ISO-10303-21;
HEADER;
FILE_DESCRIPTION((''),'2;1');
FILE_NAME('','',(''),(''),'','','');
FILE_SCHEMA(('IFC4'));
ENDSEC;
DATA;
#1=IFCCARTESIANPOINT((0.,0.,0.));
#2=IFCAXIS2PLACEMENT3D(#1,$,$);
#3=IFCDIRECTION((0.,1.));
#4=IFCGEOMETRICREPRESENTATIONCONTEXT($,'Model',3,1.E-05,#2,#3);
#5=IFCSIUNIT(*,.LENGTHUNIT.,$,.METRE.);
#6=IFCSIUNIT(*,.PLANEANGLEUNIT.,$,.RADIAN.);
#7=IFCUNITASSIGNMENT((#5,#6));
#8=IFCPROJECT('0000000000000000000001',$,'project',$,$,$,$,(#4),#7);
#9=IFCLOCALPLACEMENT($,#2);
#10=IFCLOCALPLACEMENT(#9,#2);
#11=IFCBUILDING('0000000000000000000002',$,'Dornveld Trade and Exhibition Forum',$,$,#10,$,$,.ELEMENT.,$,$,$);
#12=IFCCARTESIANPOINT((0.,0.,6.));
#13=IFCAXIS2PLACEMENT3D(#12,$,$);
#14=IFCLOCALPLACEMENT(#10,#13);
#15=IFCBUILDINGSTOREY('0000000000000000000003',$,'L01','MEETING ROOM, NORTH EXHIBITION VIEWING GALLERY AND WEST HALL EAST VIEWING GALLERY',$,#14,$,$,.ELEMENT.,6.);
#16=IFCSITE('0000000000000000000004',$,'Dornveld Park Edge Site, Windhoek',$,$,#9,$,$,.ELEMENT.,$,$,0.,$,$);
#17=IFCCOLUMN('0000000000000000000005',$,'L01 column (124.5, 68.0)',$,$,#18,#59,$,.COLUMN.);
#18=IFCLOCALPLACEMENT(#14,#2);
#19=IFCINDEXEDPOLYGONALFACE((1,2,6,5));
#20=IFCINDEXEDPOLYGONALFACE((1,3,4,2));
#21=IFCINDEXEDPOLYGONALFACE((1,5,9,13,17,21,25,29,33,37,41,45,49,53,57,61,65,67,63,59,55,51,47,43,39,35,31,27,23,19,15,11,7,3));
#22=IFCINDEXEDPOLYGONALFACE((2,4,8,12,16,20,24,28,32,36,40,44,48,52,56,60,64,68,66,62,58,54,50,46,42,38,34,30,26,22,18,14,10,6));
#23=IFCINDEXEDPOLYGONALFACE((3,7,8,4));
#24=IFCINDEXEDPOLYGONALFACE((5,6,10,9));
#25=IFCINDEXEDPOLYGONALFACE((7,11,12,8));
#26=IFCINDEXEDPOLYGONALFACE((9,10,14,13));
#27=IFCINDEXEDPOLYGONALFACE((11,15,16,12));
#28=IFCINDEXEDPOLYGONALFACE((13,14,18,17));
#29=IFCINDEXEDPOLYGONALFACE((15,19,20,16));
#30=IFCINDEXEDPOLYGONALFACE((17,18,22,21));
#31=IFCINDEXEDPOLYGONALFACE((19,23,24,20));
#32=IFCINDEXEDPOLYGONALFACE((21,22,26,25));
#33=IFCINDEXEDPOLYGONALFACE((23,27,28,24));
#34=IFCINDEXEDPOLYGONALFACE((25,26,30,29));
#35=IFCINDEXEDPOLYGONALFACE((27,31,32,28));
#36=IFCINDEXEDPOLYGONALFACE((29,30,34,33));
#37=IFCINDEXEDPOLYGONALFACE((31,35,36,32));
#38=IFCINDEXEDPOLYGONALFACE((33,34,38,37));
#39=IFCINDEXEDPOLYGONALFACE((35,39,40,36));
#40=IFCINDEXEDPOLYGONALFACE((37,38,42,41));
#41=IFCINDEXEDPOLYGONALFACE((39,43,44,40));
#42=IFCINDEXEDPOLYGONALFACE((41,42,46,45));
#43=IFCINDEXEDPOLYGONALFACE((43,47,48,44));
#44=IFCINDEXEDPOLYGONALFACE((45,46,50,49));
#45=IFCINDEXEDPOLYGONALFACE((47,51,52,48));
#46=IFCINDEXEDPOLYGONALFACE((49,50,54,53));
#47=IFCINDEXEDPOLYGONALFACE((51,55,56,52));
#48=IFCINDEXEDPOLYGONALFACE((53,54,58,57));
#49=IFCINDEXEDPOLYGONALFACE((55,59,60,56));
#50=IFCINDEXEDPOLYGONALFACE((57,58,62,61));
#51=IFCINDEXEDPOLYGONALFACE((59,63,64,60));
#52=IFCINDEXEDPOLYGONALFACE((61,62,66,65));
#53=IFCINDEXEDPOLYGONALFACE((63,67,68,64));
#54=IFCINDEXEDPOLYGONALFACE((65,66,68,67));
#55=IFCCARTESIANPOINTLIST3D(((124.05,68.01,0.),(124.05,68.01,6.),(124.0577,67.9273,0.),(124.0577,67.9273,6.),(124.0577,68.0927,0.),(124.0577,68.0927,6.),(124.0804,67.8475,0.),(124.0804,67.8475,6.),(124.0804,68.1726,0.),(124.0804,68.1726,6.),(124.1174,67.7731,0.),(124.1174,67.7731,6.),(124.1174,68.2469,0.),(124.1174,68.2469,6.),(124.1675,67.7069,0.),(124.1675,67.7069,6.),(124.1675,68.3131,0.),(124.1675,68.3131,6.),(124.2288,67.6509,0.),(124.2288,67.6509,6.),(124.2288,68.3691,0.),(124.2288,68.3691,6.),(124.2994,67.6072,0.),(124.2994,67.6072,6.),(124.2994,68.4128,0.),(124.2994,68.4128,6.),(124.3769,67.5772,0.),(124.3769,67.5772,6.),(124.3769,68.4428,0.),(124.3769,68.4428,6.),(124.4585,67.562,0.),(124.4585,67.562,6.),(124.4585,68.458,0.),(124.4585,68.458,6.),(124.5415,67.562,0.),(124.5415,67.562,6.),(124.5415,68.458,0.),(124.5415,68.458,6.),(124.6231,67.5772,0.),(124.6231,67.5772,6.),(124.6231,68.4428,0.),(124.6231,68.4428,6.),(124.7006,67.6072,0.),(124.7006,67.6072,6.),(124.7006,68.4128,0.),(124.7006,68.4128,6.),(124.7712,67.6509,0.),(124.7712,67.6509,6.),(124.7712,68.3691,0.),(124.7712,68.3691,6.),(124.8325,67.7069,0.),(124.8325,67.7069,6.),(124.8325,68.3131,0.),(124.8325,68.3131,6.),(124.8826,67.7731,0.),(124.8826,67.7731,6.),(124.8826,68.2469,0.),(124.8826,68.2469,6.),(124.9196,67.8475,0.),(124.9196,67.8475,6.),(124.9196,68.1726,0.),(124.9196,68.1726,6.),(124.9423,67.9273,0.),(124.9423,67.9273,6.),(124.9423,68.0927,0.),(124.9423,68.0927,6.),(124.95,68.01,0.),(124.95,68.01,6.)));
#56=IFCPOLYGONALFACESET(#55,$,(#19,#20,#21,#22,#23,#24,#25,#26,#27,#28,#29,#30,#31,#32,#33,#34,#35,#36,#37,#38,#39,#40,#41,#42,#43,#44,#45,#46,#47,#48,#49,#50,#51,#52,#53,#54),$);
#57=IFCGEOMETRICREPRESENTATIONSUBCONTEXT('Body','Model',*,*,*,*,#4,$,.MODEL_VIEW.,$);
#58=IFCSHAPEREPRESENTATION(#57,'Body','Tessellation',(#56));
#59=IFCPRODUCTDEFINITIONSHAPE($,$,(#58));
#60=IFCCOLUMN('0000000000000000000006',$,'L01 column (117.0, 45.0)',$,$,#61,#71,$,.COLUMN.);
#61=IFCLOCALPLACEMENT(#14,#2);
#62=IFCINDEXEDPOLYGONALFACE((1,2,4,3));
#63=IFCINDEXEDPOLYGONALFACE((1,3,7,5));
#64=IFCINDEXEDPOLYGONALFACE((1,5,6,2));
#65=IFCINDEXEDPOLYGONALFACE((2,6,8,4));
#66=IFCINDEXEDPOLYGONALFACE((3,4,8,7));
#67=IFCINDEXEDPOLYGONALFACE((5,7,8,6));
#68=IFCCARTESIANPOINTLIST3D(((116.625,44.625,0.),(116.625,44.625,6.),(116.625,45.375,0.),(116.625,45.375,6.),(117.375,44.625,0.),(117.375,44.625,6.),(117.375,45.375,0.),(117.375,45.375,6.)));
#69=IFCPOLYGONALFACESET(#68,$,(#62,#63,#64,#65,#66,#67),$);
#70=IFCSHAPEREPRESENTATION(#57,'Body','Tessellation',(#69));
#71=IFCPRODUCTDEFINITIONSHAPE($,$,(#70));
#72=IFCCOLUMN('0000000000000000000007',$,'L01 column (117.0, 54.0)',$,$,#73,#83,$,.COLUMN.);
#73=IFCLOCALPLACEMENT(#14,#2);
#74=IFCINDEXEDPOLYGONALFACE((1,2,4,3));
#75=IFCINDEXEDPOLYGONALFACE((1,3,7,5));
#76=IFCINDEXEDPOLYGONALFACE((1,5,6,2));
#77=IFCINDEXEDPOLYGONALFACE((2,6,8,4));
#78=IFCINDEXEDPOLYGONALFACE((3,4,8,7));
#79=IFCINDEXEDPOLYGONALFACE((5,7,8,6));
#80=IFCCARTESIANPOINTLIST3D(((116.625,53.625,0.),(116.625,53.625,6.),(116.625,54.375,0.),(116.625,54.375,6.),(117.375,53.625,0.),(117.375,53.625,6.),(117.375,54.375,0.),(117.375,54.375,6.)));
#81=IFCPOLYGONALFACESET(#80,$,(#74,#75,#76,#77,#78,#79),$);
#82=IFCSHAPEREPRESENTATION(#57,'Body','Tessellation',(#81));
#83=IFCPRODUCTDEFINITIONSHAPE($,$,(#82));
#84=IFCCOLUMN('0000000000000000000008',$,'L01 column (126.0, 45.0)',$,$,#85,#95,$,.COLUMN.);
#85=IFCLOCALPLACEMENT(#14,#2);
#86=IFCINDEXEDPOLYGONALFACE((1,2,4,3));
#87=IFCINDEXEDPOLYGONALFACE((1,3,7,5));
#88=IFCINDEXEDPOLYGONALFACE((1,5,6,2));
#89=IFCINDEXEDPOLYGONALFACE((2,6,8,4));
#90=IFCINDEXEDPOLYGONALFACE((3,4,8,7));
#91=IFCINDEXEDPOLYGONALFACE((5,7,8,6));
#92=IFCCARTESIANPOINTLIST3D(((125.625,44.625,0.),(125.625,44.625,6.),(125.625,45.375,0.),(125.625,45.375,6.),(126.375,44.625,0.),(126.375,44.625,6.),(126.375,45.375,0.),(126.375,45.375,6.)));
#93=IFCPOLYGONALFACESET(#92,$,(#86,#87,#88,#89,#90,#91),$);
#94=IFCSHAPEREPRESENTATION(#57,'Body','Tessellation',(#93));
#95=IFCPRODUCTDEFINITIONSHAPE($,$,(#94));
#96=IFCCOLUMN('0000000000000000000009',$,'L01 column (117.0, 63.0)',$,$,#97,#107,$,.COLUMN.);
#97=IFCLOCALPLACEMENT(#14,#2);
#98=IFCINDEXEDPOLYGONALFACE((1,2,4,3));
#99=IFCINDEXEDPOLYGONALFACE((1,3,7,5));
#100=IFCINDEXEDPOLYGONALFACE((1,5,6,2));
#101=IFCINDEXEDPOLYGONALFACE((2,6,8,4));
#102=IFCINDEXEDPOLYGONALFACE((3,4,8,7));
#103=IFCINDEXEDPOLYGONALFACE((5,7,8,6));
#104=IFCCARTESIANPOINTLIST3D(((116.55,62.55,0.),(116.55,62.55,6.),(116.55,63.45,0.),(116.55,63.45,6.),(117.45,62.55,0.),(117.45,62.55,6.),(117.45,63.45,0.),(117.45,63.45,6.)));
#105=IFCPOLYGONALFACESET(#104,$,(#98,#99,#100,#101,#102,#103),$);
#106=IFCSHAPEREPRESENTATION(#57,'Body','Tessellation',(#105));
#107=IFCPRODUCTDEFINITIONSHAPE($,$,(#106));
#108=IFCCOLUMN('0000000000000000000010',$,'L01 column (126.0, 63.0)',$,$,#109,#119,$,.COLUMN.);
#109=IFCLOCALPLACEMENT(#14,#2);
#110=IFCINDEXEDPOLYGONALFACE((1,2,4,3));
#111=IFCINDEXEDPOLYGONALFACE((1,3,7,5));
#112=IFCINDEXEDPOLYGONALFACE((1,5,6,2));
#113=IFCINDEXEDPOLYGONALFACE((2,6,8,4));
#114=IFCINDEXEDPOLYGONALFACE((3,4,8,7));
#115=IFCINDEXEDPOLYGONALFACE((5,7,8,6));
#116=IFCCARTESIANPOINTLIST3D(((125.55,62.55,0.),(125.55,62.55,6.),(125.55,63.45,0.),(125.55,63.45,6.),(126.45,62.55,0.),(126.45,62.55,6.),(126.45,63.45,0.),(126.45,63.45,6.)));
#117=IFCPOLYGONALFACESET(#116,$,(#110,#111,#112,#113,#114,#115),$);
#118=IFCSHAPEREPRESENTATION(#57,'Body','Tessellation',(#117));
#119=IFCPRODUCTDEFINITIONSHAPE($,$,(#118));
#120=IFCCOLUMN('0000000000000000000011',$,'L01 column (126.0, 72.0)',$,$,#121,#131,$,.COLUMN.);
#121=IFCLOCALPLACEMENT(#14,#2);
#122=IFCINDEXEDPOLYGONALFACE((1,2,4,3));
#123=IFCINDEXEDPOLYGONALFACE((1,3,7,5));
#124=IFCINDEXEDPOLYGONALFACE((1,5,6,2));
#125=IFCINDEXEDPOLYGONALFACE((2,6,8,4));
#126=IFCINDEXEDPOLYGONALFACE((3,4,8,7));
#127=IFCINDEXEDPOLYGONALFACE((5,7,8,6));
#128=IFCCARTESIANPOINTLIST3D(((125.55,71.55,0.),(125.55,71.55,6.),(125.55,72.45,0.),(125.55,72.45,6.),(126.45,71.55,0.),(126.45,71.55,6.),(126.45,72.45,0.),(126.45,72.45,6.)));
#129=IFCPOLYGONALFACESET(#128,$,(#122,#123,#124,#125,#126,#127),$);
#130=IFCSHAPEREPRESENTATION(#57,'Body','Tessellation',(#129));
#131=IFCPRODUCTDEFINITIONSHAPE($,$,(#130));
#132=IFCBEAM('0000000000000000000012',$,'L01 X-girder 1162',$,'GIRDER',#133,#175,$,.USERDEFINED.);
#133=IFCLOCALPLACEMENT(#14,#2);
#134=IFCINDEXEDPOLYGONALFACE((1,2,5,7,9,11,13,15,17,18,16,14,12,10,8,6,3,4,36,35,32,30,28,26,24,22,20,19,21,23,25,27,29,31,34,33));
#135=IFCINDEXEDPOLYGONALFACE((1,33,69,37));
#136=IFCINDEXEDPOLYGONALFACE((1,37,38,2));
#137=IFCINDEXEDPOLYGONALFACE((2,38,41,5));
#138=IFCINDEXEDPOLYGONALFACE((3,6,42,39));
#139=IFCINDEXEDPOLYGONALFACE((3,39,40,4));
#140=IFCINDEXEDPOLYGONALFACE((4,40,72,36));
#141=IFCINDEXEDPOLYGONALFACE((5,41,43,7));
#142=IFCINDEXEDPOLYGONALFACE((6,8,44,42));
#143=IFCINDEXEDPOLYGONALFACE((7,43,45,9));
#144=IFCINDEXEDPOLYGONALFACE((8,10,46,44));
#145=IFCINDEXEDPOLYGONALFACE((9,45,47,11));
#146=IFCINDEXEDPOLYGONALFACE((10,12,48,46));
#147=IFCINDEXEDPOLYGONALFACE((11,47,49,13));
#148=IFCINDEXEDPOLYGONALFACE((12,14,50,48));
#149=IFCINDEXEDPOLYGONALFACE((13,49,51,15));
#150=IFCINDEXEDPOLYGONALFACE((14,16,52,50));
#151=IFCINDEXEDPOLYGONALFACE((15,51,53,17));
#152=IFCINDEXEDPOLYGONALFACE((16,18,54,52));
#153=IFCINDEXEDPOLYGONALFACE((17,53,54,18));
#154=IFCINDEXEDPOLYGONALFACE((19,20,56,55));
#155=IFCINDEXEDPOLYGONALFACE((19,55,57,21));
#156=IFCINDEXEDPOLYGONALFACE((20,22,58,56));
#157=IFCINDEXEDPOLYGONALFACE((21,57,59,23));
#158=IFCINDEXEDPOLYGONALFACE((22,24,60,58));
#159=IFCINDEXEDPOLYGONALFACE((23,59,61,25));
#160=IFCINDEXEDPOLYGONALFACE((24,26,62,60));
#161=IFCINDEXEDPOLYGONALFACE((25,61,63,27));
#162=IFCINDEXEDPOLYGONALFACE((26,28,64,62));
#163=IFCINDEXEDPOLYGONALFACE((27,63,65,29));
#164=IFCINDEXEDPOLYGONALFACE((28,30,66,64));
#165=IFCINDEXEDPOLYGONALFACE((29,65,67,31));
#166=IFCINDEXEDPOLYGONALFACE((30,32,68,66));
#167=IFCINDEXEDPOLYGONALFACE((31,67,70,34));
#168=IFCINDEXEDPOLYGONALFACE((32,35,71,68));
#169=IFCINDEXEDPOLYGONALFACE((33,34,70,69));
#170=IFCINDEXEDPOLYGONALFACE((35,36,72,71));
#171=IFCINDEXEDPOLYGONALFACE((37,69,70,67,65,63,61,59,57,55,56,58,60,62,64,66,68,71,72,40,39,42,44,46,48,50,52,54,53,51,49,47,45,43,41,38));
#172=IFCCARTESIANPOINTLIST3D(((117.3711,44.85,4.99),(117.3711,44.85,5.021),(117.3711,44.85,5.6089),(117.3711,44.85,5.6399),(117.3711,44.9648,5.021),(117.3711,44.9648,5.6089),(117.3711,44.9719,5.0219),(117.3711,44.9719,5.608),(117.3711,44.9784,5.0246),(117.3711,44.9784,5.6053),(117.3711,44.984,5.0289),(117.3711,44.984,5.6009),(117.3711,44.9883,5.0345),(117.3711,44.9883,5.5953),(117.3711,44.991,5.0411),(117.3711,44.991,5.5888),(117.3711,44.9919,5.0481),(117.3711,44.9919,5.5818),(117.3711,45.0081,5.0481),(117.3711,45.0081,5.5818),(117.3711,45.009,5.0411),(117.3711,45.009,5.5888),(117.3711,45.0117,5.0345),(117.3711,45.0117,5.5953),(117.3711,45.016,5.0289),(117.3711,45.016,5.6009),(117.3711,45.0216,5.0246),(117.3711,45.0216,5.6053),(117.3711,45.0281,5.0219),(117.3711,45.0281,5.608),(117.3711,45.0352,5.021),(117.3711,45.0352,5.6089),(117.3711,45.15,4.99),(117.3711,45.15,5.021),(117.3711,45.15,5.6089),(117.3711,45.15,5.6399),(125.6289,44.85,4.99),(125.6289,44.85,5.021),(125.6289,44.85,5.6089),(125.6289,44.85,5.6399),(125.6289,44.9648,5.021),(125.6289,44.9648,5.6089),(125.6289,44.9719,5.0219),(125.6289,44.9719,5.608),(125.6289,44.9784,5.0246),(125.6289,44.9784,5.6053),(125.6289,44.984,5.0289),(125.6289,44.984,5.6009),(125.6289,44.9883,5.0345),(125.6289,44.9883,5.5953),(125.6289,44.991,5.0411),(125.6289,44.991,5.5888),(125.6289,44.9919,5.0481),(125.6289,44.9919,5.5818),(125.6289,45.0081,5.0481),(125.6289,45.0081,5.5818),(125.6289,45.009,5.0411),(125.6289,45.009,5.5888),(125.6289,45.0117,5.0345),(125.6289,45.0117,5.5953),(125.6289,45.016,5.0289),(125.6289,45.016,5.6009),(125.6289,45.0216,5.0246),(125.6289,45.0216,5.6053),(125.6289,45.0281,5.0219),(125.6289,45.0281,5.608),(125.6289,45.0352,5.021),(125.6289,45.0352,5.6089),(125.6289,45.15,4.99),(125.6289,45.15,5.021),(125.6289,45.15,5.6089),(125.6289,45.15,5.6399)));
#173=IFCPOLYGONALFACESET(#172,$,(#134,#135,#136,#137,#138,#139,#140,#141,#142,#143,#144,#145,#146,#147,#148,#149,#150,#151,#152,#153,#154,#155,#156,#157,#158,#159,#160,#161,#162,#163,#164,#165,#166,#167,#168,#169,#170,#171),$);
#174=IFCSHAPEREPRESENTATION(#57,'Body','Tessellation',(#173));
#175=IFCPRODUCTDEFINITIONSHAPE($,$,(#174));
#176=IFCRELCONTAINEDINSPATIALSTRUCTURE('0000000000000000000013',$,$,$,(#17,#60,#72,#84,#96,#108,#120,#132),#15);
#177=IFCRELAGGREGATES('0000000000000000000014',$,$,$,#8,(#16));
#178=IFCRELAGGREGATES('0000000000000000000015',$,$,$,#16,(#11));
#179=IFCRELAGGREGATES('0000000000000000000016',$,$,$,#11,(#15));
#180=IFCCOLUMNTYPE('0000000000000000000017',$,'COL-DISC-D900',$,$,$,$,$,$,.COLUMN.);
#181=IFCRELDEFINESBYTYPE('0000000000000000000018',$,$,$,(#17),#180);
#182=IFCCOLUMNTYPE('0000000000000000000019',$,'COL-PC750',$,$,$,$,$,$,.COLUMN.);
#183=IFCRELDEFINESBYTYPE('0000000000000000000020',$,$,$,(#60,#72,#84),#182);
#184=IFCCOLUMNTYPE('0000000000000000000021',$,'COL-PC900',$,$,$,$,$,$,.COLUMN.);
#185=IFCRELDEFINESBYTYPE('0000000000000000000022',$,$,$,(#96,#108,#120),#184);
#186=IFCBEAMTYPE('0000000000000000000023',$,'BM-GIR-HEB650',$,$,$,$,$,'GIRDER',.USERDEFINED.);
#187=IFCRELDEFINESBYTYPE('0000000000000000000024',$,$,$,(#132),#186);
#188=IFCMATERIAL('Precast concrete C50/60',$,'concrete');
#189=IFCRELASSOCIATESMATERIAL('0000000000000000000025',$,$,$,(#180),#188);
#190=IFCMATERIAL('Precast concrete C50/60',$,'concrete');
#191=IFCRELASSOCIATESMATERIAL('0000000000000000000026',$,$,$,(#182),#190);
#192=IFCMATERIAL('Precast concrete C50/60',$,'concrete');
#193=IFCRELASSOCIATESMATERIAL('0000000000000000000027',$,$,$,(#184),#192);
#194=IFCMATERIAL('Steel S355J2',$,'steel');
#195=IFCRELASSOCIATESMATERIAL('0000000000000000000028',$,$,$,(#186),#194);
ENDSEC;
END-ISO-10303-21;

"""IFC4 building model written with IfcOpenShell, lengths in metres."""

from ifc_helpers import new_model, si_unit, direction, frame, origin, origin_2d, place, context, subcontext, project, spatial, rectangle, circle, i_section, extrude, material, material_profile, profile_set, type_object, element, save


model = new_model("IFC4")

# Units and contexts
model_context = context("Model", 3, precision=1e-05, world=origin(), true_north=direction((0.0, 1.0)))
body_context = subcontext(model_context, "Body", "Model", "MODEL_VIEW")
ifc_project = project(units=[si_unit("LENGTHUNIT", "METRE"), si_unit("PLANEANGLEUNIT", "RADIAN")], contexts=[model_context])

# Site, building, storey
site_placement = place(None, origin())
site = spatial("IfcSite", under=ifc_project, at=site_placement, Name="Dornveld Park Edge Site, Windhoek", CompositionType="ELEMENT", RefElevation=0.0)
building_placement = place(site_placement, origin())
building = spatial("IfcBuilding", under=site, at=building_placement, Name="Dornveld Trade and Exhibition Forum", CompositionType="ELEMENT")
storey_placement = place(building_placement, frame((0.0, 0.0, 6.0)))
storey = spatial("IfcBuildingStorey", under=building, at=storey_placement, Name="L01", Description="MEETING ROOM, NORTH EXHIBITION VIEWING GALLERY AND WEST HALL EAST VIEWING GALLERY", CompositionType="ELEMENT", Elevation=6.0)

# Columns
ifc_material_1 = material(Name="Precast concrete C50/60", Category="concrete")
ifc_material_profile_1 = material_profile(ifc_material_1, circle(Radius=0.45, at=origin_2d()), Name="PC-COL D900")
ifc_profile_set_1 = profile_set([ifc_material_profile_1], Name="Precast concrete C50/60")
column_type_1 = type_object("IfcColumnType", Name="COL-DISC-D900", PredefinedType="COLUMN", material=ifc_profile_set_1)
for number, where, z_axis, x_axis, name in (
    (1, (124.5, 68.01, 0.0), (0.0, 0.0, 1.0), (1.0, 0.0, 0.0), "L01 column (124.5, 68.0)"),
):
    element("IfcColumn", number, at=place(storey_placement, frame(where, z_axis=z_axis, x_axis=x_axis)), inside=storey, type_object=column_type_1, Name=name, PredefinedType="COLUMN", context=body_context, shape_type="SweptSolid", body=[
        extrude(circle(Radius=0.45, at=origin_2d()), origin(), (0.0, 0.0, 1.0), 6.0),
    ])
ifc_material_2 = material(Name="Precast concrete C50/60", Category="concrete")
ifc_material_profile_2 = material_profile(ifc_material_2, rectangle(XDim=0.75, YDim=0.75, at=origin_2d()), Name="PC-COL 750x750")
ifc_profile_set_2 = profile_set([ifc_material_profile_2], Name="Precast concrete C50/60")
column_type_2 = type_object("IfcColumnType", Name="COL-PC750", PredefinedType="COLUMN", material=ifc_profile_set_2)
for number, where, z_axis, x_axis, name in (
    (2, (117.0, 45.0, 0.0), (0.0, 0.0, 1.0), (1.0, 0.0, 0.0), "L01 column (117.0, 45.0)"),
    (3, (117.0, 54.0, 0.0), (0.0, 0.0, 1.0), (1.0, 0.0, 0.0), "L01 column (117.0, 54.0)"),
    (4, (126.0, 45.0, 0.0), (0.0, 0.0, 1.0), (1.0, 0.0, 0.0), "L01 column (126.0, 45.0)"),
):
    element("IfcColumn", number, at=place(storey_placement, frame(where, z_axis=z_axis, x_axis=x_axis)), inside=storey, type_object=column_type_2, Name=name, PredefinedType="COLUMN", context=body_context, shape_type="SweptSolid", body=[
        extrude(rectangle(XDim=0.75, YDim=0.75, at=origin_2d()), origin(), (0.0, 0.0, 1.0), 6.0),
    ])
ifc_material_3 = material(Name="Precast concrete C50/60", Category="concrete")
ifc_material_profile_3 = material_profile(ifc_material_3, rectangle(XDim=0.8999, YDim=0.8999, at=origin_2d()), Name="PC-COL 900x900")
ifc_profile_set_3 = profile_set([ifc_material_profile_3], Name="Precast concrete C50/60")
column_type_3 = type_object("IfcColumnType", Name="COL-PC900", PredefinedType="COLUMN", material=ifc_profile_set_3)
for number, where, z_axis, x_axis, name in (
    (5, (117.0, 63.0, 0.0), (0.0, 0.0, 1.0), (1.0, 0.0, 0.0), "L01 column (117.0, 63.0)"),
    (6, (126.0, 63.0, 0.0), (0.0, 0.0, 1.0), (1.0, 0.0, 0.0), "L01 column (126.0, 63.0)"),
    (7, (126.0, 72.0, 0.0), (0.0, 0.0, 1.0), (1.0, 0.0, 0.0), "L01 column (126.0, 72.0)"),
):
    element("IfcColumn", number, at=place(storey_placement, frame(where, z_axis=z_axis, x_axis=x_axis)), inside=storey, type_object=column_type_3, Name=name, PredefinedType="COLUMN", context=body_context, shape_type="SweptSolid", body=[
        extrude(rectangle(XDim=0.8999, YDim=0.8999, at=origin_2d()), origin(), (0.0, 0.0, 1.0), 6.0),
    ])

# Beam
ifc_material_4 = material(Name="Steel S355J2", Category="steel")
ifc_material_profile_4 = material_profile(ifc_material_4, i_section(OverallWidth=0.3, OverallDepth=0.6499, WebThickness=0.0161, FlangeThickness=0.031, FilletRadius=0.0271, at=origin_2d()), Name="HEB 650")
ifc_profile_set_4 = profile_set([ifc_material_profile_4], Name="Steel S355J2")
beam_type_1 = type_object("IfcBeamType", Name="BM-GIR-HEB650", ElementType="GIRDER", PredefinedType="USERDEFINED", material=ifc_profile_set_4)
for number, where, z_axis, x_axis, name in (
    (8, (117.3711, 45.0, 5.3149), (1.0, 0.0, 0.0), (0.0, 1.0, 0.0), "L01 X-girder 1162"),
):
    element("IfcBeam", number, at=place(storey_placement, frame(where, z_axis=z_axis, x_axis=x_axis)), inside=storey, type_object=beam_type_1, Name=name, ObjectType="GIRDER", PredefinedType="USERDEFINED", context=body_context, shape_type="SweptSolid", body=[
        extrude(i_section(OverallWidth=0.3, OverallDepth=0.6499, WebThickness=0.0161, FlangeThickness=0.031, FilletRadius=0.0271, at=origin_2d()), origin(), (0.0, 0.0, 1.0), 8.2578),
    ])

save(model, "model.ifc")
